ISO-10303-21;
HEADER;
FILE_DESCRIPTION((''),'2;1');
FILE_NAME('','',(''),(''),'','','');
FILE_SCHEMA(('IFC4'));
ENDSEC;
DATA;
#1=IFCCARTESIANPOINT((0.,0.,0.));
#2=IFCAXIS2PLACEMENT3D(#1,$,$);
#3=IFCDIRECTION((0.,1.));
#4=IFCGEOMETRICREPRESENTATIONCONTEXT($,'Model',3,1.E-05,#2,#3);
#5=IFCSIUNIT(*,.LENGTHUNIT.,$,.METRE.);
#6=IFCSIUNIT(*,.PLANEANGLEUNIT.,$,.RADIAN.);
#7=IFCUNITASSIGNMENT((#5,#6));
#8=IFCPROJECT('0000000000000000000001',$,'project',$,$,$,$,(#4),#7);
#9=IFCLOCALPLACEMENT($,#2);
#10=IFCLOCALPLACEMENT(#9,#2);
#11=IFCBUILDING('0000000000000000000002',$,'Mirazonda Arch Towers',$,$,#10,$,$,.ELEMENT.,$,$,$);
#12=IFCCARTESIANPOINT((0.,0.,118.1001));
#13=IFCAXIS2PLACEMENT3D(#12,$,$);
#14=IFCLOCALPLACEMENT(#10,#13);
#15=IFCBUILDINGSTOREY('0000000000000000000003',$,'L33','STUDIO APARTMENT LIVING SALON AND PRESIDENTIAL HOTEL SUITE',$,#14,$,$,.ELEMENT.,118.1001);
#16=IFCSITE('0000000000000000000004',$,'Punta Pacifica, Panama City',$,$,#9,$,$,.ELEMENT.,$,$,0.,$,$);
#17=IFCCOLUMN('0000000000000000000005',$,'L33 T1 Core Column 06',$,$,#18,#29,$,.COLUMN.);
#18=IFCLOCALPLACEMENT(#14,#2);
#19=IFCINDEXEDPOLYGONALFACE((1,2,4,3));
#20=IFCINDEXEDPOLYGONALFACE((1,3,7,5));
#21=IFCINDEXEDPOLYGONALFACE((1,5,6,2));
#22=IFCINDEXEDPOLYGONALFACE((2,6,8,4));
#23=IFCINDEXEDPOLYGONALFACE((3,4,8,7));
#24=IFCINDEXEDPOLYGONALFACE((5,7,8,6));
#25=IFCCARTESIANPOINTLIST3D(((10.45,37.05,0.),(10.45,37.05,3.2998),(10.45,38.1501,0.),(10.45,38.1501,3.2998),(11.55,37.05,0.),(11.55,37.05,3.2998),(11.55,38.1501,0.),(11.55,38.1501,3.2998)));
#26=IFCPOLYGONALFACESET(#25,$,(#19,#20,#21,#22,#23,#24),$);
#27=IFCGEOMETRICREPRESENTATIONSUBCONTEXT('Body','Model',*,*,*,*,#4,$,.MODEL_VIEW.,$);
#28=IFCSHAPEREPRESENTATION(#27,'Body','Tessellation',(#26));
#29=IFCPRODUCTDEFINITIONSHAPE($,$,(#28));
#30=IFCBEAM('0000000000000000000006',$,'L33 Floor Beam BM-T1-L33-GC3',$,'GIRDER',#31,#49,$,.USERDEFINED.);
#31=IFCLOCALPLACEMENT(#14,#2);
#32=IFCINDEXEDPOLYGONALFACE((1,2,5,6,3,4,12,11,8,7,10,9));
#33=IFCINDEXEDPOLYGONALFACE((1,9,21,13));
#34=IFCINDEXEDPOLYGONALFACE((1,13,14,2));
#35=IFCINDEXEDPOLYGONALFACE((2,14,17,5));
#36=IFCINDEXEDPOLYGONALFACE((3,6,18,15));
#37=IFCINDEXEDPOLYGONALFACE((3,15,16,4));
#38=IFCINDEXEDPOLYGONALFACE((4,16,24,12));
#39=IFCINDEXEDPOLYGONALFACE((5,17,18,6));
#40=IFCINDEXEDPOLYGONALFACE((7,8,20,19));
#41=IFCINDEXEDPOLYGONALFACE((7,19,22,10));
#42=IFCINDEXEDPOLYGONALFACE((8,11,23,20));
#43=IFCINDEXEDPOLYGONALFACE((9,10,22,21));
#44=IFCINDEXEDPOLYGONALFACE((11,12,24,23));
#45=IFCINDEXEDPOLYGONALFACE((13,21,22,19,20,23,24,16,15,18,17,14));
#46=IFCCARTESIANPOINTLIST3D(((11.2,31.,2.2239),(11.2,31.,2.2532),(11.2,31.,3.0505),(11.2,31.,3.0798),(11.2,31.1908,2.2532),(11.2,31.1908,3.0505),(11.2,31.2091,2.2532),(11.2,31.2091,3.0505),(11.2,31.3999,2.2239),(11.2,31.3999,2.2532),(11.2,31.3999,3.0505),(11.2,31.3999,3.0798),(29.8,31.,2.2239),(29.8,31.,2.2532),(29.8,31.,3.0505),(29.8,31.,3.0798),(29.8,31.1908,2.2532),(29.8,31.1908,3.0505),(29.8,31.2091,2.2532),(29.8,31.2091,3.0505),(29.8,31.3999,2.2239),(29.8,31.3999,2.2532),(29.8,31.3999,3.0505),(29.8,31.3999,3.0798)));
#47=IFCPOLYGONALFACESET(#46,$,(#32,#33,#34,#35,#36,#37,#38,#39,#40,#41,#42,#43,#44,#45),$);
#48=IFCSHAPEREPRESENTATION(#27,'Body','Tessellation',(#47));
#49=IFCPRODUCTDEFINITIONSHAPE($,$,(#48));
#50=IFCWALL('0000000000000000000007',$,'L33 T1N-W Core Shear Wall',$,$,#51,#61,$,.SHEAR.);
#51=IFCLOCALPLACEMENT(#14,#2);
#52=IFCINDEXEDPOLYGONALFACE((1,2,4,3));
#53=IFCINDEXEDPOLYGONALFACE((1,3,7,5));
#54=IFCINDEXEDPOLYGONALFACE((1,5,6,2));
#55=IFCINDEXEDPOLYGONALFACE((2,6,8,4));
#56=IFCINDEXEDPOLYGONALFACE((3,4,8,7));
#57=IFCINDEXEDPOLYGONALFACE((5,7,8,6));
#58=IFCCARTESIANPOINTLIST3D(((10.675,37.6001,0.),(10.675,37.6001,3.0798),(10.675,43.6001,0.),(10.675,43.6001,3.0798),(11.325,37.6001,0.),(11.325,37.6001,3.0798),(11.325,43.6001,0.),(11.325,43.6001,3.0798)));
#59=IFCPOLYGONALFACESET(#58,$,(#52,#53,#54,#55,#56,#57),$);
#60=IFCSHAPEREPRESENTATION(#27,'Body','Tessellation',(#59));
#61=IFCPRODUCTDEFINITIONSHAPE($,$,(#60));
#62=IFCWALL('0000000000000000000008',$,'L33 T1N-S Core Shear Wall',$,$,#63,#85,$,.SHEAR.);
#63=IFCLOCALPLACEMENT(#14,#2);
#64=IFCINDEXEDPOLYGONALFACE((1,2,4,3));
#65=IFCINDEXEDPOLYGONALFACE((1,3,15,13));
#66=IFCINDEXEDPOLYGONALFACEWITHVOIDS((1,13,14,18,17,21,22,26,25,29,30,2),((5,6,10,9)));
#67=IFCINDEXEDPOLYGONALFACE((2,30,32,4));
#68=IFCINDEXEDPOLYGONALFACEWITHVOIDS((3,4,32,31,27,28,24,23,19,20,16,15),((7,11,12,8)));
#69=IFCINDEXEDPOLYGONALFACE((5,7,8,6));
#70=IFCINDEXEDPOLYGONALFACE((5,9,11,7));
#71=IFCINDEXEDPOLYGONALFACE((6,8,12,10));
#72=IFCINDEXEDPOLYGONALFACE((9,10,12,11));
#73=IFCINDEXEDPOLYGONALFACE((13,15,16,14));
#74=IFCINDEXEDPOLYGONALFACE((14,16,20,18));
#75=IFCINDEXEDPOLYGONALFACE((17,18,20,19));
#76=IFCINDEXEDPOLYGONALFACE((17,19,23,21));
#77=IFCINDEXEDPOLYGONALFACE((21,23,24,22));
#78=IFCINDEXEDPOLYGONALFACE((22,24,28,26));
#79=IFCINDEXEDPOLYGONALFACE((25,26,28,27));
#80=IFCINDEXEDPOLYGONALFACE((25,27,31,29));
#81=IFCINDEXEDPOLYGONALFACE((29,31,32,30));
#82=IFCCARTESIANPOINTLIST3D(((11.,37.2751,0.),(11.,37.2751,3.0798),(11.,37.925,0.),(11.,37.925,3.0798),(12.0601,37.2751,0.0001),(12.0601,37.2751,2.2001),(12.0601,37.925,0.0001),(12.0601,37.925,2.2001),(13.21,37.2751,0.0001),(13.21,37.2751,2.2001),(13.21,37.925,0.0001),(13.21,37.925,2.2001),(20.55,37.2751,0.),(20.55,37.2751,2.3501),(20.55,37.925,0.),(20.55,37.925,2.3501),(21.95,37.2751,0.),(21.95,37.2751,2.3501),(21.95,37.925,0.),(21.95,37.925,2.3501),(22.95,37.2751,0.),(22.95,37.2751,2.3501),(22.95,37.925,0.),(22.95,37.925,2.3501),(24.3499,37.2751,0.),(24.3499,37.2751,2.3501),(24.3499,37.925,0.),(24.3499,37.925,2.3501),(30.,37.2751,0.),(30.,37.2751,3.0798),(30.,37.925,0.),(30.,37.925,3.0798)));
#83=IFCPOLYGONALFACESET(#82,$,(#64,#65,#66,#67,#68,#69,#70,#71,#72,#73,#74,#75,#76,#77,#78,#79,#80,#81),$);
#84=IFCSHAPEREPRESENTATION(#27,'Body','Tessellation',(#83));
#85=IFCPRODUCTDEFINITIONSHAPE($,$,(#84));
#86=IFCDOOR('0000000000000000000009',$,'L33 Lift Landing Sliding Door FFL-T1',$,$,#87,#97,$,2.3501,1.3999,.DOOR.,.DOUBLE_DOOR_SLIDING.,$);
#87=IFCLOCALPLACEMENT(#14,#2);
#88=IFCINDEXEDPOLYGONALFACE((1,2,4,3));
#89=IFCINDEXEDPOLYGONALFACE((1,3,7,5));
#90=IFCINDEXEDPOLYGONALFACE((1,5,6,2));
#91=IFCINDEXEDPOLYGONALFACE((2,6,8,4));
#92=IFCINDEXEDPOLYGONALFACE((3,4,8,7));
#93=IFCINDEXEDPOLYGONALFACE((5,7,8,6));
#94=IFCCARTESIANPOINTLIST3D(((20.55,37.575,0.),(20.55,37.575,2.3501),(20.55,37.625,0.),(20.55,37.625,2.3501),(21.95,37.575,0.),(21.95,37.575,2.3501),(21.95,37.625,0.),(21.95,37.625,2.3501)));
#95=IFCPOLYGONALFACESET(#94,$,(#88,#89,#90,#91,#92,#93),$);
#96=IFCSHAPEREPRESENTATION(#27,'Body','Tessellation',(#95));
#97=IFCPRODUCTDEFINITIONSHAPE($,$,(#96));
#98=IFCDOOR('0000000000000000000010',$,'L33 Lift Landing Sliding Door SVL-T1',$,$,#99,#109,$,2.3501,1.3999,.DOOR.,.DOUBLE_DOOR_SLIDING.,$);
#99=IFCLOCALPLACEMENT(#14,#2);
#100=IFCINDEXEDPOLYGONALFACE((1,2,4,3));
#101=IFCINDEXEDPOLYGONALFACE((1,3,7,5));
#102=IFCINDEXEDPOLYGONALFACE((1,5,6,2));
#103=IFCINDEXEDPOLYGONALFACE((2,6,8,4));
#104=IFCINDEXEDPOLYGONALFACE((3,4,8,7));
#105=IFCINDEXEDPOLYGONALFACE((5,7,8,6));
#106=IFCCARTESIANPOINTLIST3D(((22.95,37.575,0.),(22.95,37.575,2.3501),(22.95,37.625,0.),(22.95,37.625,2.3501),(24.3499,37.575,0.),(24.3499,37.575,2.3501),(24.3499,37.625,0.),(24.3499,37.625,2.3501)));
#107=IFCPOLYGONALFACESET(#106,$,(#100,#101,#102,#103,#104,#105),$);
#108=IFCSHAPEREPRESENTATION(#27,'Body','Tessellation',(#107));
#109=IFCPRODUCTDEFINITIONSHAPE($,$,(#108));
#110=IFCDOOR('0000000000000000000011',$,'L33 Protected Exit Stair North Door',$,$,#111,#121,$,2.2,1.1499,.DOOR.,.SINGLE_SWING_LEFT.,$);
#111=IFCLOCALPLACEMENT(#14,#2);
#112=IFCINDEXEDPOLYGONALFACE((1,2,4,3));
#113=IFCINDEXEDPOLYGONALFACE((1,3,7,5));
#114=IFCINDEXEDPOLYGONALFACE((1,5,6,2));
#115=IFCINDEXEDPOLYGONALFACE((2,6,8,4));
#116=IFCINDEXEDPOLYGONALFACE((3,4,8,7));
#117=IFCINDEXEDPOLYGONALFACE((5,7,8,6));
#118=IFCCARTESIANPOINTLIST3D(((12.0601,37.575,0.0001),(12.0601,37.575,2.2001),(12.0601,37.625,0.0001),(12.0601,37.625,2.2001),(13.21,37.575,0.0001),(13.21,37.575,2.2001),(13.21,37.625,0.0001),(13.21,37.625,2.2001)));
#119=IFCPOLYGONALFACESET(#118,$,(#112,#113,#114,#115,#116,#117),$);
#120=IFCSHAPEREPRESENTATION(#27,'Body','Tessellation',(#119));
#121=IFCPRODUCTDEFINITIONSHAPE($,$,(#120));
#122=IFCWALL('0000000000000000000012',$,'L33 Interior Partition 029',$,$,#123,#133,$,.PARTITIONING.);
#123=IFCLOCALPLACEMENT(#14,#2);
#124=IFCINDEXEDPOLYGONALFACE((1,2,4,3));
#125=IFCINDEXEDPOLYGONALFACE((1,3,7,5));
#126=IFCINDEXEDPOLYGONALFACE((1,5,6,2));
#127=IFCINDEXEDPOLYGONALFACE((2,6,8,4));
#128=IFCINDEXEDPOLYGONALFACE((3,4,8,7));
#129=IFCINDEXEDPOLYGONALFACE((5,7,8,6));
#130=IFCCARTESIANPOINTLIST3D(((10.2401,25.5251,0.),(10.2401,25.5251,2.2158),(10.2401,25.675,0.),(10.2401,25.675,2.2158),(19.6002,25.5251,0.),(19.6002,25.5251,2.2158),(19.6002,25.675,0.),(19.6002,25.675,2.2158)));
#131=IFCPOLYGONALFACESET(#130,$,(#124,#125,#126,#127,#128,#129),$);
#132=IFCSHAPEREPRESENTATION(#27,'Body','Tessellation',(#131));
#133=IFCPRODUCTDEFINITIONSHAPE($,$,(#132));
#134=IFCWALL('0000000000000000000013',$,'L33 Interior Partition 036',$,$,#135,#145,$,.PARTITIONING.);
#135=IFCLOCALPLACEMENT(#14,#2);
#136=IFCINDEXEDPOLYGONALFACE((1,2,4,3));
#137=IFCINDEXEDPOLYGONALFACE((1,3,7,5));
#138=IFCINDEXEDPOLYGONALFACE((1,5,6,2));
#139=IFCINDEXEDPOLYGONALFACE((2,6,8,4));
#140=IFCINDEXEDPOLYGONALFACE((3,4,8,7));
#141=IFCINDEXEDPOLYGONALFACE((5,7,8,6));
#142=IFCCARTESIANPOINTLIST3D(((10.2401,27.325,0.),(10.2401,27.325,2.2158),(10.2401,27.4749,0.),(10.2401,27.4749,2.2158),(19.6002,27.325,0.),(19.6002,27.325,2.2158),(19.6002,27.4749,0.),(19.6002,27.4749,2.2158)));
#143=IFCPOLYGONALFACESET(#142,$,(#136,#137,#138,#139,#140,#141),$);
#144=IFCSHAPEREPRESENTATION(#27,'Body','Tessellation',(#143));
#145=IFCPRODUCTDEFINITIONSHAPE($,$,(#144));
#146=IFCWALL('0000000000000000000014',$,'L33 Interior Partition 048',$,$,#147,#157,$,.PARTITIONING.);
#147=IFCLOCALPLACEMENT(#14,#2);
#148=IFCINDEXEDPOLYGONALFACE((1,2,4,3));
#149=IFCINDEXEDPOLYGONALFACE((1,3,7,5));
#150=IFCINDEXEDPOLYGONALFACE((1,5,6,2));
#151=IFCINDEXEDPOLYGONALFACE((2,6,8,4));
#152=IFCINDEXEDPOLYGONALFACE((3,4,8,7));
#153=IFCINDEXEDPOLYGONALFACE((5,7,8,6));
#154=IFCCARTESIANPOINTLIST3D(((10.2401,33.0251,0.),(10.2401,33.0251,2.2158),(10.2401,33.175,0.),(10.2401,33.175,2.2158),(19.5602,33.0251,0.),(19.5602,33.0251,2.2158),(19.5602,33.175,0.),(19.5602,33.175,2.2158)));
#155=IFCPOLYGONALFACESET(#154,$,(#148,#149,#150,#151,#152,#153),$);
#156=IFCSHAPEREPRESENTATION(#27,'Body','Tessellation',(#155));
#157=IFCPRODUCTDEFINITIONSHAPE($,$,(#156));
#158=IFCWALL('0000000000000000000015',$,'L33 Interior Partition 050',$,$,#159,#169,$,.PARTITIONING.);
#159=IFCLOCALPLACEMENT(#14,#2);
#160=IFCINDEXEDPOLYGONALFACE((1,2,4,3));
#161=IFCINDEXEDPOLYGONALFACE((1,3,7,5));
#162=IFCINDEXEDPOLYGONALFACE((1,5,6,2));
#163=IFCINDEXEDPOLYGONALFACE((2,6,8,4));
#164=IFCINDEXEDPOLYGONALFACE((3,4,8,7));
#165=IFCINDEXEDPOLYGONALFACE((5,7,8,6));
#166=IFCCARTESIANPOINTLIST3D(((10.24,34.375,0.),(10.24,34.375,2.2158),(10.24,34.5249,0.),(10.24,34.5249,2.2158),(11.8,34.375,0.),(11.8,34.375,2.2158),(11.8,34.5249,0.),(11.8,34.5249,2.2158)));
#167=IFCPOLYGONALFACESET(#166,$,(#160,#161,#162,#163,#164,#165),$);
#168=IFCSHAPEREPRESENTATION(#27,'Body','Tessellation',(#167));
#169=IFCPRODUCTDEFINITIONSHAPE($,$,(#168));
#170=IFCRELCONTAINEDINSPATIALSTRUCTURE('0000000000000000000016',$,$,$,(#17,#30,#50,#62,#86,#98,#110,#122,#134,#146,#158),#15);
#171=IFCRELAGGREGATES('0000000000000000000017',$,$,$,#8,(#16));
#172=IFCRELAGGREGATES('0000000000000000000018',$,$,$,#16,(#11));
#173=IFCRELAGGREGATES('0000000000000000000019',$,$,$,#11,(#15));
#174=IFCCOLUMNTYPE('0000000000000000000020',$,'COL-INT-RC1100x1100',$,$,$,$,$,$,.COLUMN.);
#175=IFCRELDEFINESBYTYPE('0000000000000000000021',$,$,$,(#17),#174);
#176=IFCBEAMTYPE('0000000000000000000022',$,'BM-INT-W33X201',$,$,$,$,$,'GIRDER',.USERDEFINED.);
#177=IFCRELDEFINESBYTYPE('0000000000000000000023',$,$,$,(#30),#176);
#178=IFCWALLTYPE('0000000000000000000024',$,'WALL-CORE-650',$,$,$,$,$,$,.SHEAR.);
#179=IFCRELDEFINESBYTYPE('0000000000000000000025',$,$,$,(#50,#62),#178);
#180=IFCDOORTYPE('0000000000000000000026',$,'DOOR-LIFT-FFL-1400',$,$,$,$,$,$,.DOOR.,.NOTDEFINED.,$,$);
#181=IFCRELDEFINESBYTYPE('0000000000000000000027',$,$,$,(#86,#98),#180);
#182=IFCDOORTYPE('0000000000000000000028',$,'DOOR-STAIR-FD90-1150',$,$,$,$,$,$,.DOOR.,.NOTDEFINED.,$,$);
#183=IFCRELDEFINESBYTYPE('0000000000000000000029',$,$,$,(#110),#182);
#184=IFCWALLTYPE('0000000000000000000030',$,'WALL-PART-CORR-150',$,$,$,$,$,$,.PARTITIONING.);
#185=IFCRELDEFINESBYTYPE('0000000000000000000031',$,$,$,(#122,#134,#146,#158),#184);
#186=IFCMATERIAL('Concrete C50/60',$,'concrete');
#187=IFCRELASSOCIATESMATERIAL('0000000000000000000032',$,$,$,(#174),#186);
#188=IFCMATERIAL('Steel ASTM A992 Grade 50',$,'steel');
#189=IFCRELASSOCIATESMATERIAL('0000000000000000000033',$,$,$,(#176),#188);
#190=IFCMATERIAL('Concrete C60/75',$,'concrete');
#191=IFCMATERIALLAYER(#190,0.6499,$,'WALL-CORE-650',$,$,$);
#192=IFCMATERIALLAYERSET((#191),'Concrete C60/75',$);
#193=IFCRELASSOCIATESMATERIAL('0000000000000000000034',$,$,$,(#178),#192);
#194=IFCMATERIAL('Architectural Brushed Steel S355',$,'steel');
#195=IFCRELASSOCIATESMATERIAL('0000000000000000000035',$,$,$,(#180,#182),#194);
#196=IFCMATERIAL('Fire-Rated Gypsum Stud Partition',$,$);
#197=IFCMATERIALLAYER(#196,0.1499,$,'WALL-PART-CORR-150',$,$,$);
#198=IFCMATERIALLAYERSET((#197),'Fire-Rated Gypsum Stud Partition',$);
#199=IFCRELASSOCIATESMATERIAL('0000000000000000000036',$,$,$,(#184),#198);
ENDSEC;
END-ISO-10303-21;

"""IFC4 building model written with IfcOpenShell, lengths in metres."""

from ifc_helpers import new_model, si_unit, direction, frame, frame_2d, origin, origin_2d, place, context, subcontext, project, spatial, rectangle, i_section, extrude, material, layer, layer_set, material_profile, profile_set, type_object, element, fill, save


model = new_model("IFC4")

# Units and contexts
model_context = context("Model", 3, precision=1e-05, world=origin(), true_north=direction((0.0, 1.0)))
body_context = subcontext(model_context, "Body", "Model", "MODEL_VIEW")
ifc_project = project(units=[si_unit("LENGTHUNIT", "METRE"), si_unit("PLANEANGLEUNIT", "RADIAN")], contexts=[model_context])

# Site, building, storey
site_placement = place(None, origin())
site = spatial("IfcSite", under=ifc_project, at=site_placement, Name="Punta Pacifica, Panama City", CompositionType="ELEMENT", RefElevation=0.0)
building_placement = place(site_placement, origin())
building = spatial("IfcBuilding", under=site, at=building_placement, Name="Mirazonda Arch Towers", CompositionType="ELEMENT")
storey_placement = place(building_placement, frame((0.0, 0.0, 118.1001)))
storey = spatial("IfcBuildingStorey", under=building, at=storey_placement, Name="L33", Description="STUDIO APARTMENT LIVING SALON AND PRESIDENTIAL HOTEL SUITE", CompositionType="ELEMENT", Elevation=118.1001)

# Column
ifc_material_1 = material(Name="Concrete C50/60", Category="concrete")
ifc_material_profile_1 = material_profile(ifc_material_1, rectangle(XDim=1.1001, YDim=1.1001, at=origin_2d()), Name="RC1100x1100")
ifc_profile_set_1 = profile_set([ifc_material_profile_1], Name="Concrete C50/60")
column_type = type_object("IfcColumnType", Name="COL-INT-RC1100x1100", PredefinedType="COLUMN", material=ifc_profile_set_1)
column_placement = place(storey_placement, frame((11.0, 37.6001, 0.0), z_axis=(0.0, 0.0, 1.0), x_axis=(1.0, 0.0, 0.0)))
element("IfcColumn", 1, at=column_placement, inside=storey, type_object=column_type, Name="L33 T1 Core Column 06", PredefinedType="COLUMN", context=body_context, shape_type="SweptSolid", body=[
    extrude(rectangle(XDim=1.1001, YDim=1.1001, at=origin_2d()), origin(), (0.0, 0.0, 1.0), 3.2998),
])

# Beam
ifc_material_2 = material(Name="Steel ASTM A992 Grade 50", Category="steel")
ifc_material_profile_2 = material_profile(ifc_material_2, i_section(OverallWidth=0.3999, OverallDepth=0.856, WebThickness=0.0183, FlangeThickness=0.0293, at=origin_2d()), Name="W33X201")
ifc_profile_set_2 = profile_set([ifc_material_profile_2], Name="Steel ASTM A992 Grade 50")
beam_type = type_object("IfcBeamType", Name="BM-INT-W33X201", ElementType="GIRDER", PredefinedType="USERDEFINED", material=ifc_profile_set_2)
beam_placement = place(storey_placement, frame((11.2, 31.2, 2.6519), z_axis=(1.0, 0.0, 0.0), x_axis=(0.0, 1.0, 0.0)))
element("IfcBeam", 2, at=beam_placement, inside=storey, type_object=beam_type, Name="L33 Floor Beam BM-T1-L33-GC3", ObjectType="GIRDER", PredefinedType="USERDEFINED", context=body_context, shape_type="SweptSolid", body=[
    extrude(i_section(OverallWidth=0.3999, OverallDepth=0.856, WebThickness=0.0183, FlangeThickness=0.0293, at=origin_2d()), origin(), (0.0, 0.0, 1.0), 18.6001),
])

# Wall
ifc_material_3 = material(Name="Concrete C60/75", Category="concrete")
ifc_layer_1 = layer(ifc_material_3, 0.6499, Name="WALL-CORE-650")
ifc_layer_set_1 = layer_set([ifc_layer_1], Name="Concrete C60/75")
wall_type_1 = type_object("IfcWallType", Name="WALL-CORE-650", PredefinedType="SHEAR", material=ifc_layer_set_1)
wall_1_placement = place(storey_placement, frame((11.0, 37.6001, 0.0), z_axis=(0.0, 0.0, 1.0), x_axis=(0.0, 1.0, 0.0)))
element("IfcWall", 3, at=wall_1_placement, inside=storey, type_object=wall_type_1, Name="L33 T1N-W Core Shear Wall", PredefinedType="SHEAR", context=body_context, shape_type="SweptSolid", body=[
    extrude(rectangle(XDim=6.0, YDim=0.6499, at=frame_2d((3.0, 0.0))), origin(), (0.0, 0.0, 1.0), 3.0798),
])

# Wall, openings, doors
wall_2_placement = place(storey_placement, frame((11.0, 37.6001, 0.0), z_axis=(0.0, 0.0, 1.0), x_axis=(1.0, 0.0, 0.0)))
wall_2 = element("IfcWall", 4, at=wall_2_placement, inside=storey, type_object=wall_type_1, Name="L33 T1N-S Core Shear Wall", PredefinedType="SHEAR", context=body_context, shape_type="SweptSolid", body=[
    extrude(rectangle(XDim=19.0, YDim=0.6499, at=frame_2d((9.5, 0.0))), origin(), (0.0, 0.0, 1.0), 3.0798),
])
opening_1_placement = place(wall_2_placement, frame((1.0601, 0.0, 0.0)))
opening_1 = element("IfcOpeningElement", 5, at=opening_1_placement, cuts=wall_2, PredefinedType="OPENING", context=body_context, shape_type="SweptSolid", body=[
    extrude(rectangle(XDim=1.1499, YDim=2.2, at=frame_2d((0.575, 1.1001))), frame((0.0, 0.335, 0.0), z_axis=(0.0, -1.0, 0.0), x_axis=(1.0, 0.0, 0.0)), (0.0, 0.0, 1.0), 0.6699),
])
opening_2_placement = place(wall_2_placement, frame((9.55, 0.0, 0.0)))
opening_2 = element("IfcOpeningElement", 6, at=opening_2_placement, cuts=wall_2, PredefinedType="OPENING", context=body_context, shape_type="SweptSolid", body=[
    extrude(rectangle(XDim=1.3999, YDim=2.3501, at=frame_2d((0.7, 1.175))), frame((0.0, 0.335, 0.0), z_axis=(0.0, -1.0, 0.0), x_axis=(1.0, 0.0, 0.0)), (0.0, 0.0, 1.0), 0.6699),
])
opening_3_placement = place(wall_2_placement, frame((11.95, 0.0, 0.0)))
opening_3 = element("IfcOpeningElement", 7, at=opening_3_placement, cuts=wall_2, PredefinedType="OPENING", context=body_context, shape_type="SweptSolid", body=[
    extrude(rectangle(XDim=1.3999, YDim=2.3501, at=frame_2d((0.7, 1.175))), frame((0.0, 0.335, 0.0), z_axis=(0.0, -1.0, 0.0), x_axis=(1.0, 0.0, 0.0)), (0.0, 0.0, 1.0), 0.6699),
])
ifc_material_4 = material(Name="Architectural Brushed Steel S355", Category="steel")
door_type_1 = type_object("IfcDoorType", Name="DOOR-LIFT-FFL-1400", OperationType="NOTDEFINED", PredefinedType="DOOR", material=ifc_material_4)
door_1_placement = place(opening_2_placement, origin())
door_1 = element("IfcDoor", 8, at=door_1_placement, inside=storey, type_object=door_type_1, Name="L33 Lift Landing Sliding Door FFL-T1", OperationType="DOUBLE_DOOR_SLIDING", OverallHeight=2.3501, OverallWidth=1.3999, PredefinedType="DOOR", context=body_context, shape_type="SweptSolid", body=[
    extrude(rectangle(XDim=1.3999, YDim=2.3501, at=frame_2d((0.7, 1.175))), frame((0.0, 0.0249, 0.0), z_axis=(0.0, -1.0, 0.0), x_axis=(1.0, 0.0, 0.0)), (0.0, 0.0, 1.0), 0.05),
])
fill(opening_2, door_1)
door_2_placement = place(opening_3_placement, origin())
door_2 = element("IfcDoor", 9, at=door_2_placement, inside=storey, type_object=door_type_1, Name="L33 Lift Landing Sliding Door SVL-T1", OperationType="DOUBLE_DOOR_SLIDING", OverallHeight=2.3501, OverallWidth=1.3999, PredefinedType="DOOR", context=body_context, shape_type="SweptSolid", body=[
    extrude(rectangle(XDim=1.3999, YDim=2.3501, at=frame_2d((0.7, 1.175))), frame((0.0, 0.0249, 0.0), z_axis=(0.0, -1.0, 0.0), x_axis=(1.0, 0.0, 0.0)), (0.0, 0.0, 1.0), 0.05),
])
fill(opening_3, door_2)
door_type_2 = type_object("IfcDoorType", Name="DOOR-STAIR-FD90-1150", OperationType="NOTDEFINED", PredefinedType="DOOR", material=ifc_material_4)
door_3_placement = place(opening_1_placement, origin())
door_3 = element("IfcDoor", 10, at=door_3_placement, inside=storey, type_object=door_type_2, Name="L33 Protected Exit Stair North Door", OperationType="SINGLE_SWING_LEFT", OverallHeight=2.2, OverallWidth=1.1499, PredefinedType="DOOR", context=body_context, shape_type="SweptSolid", body=[
    extrude(rectangle(XDim=1.1499, YDim=2.2, at=frame_2d((0.575, 1.1001))), frame((0.0, 0.0249, 0.0), z_axis=(0.0, -1.0, 0.0), x_axis=(1.0, 0.0, 0.0)), (0.0, 0.0, 1.0), 0.05),
])
fill(opening_1, door_3)

# Walls
ifc_material_5 = material(Name="Fire-Rated Gypsum Stud Partition")
ifc_layer_2 = layer(ifc_material_5, 0.1499, Name="WALL-PART-CORR-150")
ifc_layer_set_2 = layer_set([ifc_layer_2], Name="Fire-Rated Gypsum Stud Partition")
wall_type_2 = type_object("IfcWallType", Name="WALL-PART-CORR-150", PredefinedType="PARTITIONING", material=ifc_layer_set_2)
for number, where, z_axis, x_axis, name in (
    (11, (10.24, 25.6001, 0.0), (0.0, 0.0, 1.0), (1.0, 0.0, 0.0), "L33 Interior Partition 029"),
    (12, (10.24, 27.3999, 0.0), (0.0, 0.0, 1.0), (1.0, 0.0, 0.0), "L33 Interior Partition 036"),
):
    element("IfcWall", number, at=place(storey_placement, frame(where, z_axis=z_axis, x_axis=x_axis)), inside=storey, type_object=wall_type_2, Name=name, PredefinedType="PARTITIONING", context=body_context, shape_type="SweptSolid", body=[
        extrude(rectangle(XDim=9.3601, YDim=0.1499, at=frame_2d((4.6802, 0.0))), origin(), (0.0, 0.0, 1.0), 2.2158),
    ])
wall_3_placement = place(storey_placement, frame((10.24, 33.1001, 0.0), z_axis=(0.0, 0.0, 1.0), x_axis=(1.0, 0.0, 0.0)))
element("IfcWall", 13, at=wall_3_placement, inside=storey, type_object=wall_type_2, Name="L33 Interior Partition 048", PredefinedType="PARTITIONING", context=body_context, shape_type="SweptSolid", body=[
    extrude(rectangle(XDim=9.3201, YDim=0.1499, at=frame_2d((4.6602, 0.0))), origin(), (0.0, 0.0, 1.0), 2.2158),
])
wall_4_placement = place(storey_placement, frame((10.24, 34.45, 0.0), z_axis=(0.0, 0.0, 1.0), x_axis=(1.0, 0.0, 0.0)))
element("IfcWall", 14, at=wall_4_placement, inside=storey, type_object=wall_type_2, Name="L33 Interior Partition 050", PredefinedType="PARTITIONING", context=body_context, shape_type="SweptSolid", body=[
    extrude(rectangle(XDim=1.5601, YDim=0.1499, at=frame_2d((0.78, 0.0))), origin(), (0.0, 0.0, 1.0), 2.2158),
])

save(model, "model.ifc")
